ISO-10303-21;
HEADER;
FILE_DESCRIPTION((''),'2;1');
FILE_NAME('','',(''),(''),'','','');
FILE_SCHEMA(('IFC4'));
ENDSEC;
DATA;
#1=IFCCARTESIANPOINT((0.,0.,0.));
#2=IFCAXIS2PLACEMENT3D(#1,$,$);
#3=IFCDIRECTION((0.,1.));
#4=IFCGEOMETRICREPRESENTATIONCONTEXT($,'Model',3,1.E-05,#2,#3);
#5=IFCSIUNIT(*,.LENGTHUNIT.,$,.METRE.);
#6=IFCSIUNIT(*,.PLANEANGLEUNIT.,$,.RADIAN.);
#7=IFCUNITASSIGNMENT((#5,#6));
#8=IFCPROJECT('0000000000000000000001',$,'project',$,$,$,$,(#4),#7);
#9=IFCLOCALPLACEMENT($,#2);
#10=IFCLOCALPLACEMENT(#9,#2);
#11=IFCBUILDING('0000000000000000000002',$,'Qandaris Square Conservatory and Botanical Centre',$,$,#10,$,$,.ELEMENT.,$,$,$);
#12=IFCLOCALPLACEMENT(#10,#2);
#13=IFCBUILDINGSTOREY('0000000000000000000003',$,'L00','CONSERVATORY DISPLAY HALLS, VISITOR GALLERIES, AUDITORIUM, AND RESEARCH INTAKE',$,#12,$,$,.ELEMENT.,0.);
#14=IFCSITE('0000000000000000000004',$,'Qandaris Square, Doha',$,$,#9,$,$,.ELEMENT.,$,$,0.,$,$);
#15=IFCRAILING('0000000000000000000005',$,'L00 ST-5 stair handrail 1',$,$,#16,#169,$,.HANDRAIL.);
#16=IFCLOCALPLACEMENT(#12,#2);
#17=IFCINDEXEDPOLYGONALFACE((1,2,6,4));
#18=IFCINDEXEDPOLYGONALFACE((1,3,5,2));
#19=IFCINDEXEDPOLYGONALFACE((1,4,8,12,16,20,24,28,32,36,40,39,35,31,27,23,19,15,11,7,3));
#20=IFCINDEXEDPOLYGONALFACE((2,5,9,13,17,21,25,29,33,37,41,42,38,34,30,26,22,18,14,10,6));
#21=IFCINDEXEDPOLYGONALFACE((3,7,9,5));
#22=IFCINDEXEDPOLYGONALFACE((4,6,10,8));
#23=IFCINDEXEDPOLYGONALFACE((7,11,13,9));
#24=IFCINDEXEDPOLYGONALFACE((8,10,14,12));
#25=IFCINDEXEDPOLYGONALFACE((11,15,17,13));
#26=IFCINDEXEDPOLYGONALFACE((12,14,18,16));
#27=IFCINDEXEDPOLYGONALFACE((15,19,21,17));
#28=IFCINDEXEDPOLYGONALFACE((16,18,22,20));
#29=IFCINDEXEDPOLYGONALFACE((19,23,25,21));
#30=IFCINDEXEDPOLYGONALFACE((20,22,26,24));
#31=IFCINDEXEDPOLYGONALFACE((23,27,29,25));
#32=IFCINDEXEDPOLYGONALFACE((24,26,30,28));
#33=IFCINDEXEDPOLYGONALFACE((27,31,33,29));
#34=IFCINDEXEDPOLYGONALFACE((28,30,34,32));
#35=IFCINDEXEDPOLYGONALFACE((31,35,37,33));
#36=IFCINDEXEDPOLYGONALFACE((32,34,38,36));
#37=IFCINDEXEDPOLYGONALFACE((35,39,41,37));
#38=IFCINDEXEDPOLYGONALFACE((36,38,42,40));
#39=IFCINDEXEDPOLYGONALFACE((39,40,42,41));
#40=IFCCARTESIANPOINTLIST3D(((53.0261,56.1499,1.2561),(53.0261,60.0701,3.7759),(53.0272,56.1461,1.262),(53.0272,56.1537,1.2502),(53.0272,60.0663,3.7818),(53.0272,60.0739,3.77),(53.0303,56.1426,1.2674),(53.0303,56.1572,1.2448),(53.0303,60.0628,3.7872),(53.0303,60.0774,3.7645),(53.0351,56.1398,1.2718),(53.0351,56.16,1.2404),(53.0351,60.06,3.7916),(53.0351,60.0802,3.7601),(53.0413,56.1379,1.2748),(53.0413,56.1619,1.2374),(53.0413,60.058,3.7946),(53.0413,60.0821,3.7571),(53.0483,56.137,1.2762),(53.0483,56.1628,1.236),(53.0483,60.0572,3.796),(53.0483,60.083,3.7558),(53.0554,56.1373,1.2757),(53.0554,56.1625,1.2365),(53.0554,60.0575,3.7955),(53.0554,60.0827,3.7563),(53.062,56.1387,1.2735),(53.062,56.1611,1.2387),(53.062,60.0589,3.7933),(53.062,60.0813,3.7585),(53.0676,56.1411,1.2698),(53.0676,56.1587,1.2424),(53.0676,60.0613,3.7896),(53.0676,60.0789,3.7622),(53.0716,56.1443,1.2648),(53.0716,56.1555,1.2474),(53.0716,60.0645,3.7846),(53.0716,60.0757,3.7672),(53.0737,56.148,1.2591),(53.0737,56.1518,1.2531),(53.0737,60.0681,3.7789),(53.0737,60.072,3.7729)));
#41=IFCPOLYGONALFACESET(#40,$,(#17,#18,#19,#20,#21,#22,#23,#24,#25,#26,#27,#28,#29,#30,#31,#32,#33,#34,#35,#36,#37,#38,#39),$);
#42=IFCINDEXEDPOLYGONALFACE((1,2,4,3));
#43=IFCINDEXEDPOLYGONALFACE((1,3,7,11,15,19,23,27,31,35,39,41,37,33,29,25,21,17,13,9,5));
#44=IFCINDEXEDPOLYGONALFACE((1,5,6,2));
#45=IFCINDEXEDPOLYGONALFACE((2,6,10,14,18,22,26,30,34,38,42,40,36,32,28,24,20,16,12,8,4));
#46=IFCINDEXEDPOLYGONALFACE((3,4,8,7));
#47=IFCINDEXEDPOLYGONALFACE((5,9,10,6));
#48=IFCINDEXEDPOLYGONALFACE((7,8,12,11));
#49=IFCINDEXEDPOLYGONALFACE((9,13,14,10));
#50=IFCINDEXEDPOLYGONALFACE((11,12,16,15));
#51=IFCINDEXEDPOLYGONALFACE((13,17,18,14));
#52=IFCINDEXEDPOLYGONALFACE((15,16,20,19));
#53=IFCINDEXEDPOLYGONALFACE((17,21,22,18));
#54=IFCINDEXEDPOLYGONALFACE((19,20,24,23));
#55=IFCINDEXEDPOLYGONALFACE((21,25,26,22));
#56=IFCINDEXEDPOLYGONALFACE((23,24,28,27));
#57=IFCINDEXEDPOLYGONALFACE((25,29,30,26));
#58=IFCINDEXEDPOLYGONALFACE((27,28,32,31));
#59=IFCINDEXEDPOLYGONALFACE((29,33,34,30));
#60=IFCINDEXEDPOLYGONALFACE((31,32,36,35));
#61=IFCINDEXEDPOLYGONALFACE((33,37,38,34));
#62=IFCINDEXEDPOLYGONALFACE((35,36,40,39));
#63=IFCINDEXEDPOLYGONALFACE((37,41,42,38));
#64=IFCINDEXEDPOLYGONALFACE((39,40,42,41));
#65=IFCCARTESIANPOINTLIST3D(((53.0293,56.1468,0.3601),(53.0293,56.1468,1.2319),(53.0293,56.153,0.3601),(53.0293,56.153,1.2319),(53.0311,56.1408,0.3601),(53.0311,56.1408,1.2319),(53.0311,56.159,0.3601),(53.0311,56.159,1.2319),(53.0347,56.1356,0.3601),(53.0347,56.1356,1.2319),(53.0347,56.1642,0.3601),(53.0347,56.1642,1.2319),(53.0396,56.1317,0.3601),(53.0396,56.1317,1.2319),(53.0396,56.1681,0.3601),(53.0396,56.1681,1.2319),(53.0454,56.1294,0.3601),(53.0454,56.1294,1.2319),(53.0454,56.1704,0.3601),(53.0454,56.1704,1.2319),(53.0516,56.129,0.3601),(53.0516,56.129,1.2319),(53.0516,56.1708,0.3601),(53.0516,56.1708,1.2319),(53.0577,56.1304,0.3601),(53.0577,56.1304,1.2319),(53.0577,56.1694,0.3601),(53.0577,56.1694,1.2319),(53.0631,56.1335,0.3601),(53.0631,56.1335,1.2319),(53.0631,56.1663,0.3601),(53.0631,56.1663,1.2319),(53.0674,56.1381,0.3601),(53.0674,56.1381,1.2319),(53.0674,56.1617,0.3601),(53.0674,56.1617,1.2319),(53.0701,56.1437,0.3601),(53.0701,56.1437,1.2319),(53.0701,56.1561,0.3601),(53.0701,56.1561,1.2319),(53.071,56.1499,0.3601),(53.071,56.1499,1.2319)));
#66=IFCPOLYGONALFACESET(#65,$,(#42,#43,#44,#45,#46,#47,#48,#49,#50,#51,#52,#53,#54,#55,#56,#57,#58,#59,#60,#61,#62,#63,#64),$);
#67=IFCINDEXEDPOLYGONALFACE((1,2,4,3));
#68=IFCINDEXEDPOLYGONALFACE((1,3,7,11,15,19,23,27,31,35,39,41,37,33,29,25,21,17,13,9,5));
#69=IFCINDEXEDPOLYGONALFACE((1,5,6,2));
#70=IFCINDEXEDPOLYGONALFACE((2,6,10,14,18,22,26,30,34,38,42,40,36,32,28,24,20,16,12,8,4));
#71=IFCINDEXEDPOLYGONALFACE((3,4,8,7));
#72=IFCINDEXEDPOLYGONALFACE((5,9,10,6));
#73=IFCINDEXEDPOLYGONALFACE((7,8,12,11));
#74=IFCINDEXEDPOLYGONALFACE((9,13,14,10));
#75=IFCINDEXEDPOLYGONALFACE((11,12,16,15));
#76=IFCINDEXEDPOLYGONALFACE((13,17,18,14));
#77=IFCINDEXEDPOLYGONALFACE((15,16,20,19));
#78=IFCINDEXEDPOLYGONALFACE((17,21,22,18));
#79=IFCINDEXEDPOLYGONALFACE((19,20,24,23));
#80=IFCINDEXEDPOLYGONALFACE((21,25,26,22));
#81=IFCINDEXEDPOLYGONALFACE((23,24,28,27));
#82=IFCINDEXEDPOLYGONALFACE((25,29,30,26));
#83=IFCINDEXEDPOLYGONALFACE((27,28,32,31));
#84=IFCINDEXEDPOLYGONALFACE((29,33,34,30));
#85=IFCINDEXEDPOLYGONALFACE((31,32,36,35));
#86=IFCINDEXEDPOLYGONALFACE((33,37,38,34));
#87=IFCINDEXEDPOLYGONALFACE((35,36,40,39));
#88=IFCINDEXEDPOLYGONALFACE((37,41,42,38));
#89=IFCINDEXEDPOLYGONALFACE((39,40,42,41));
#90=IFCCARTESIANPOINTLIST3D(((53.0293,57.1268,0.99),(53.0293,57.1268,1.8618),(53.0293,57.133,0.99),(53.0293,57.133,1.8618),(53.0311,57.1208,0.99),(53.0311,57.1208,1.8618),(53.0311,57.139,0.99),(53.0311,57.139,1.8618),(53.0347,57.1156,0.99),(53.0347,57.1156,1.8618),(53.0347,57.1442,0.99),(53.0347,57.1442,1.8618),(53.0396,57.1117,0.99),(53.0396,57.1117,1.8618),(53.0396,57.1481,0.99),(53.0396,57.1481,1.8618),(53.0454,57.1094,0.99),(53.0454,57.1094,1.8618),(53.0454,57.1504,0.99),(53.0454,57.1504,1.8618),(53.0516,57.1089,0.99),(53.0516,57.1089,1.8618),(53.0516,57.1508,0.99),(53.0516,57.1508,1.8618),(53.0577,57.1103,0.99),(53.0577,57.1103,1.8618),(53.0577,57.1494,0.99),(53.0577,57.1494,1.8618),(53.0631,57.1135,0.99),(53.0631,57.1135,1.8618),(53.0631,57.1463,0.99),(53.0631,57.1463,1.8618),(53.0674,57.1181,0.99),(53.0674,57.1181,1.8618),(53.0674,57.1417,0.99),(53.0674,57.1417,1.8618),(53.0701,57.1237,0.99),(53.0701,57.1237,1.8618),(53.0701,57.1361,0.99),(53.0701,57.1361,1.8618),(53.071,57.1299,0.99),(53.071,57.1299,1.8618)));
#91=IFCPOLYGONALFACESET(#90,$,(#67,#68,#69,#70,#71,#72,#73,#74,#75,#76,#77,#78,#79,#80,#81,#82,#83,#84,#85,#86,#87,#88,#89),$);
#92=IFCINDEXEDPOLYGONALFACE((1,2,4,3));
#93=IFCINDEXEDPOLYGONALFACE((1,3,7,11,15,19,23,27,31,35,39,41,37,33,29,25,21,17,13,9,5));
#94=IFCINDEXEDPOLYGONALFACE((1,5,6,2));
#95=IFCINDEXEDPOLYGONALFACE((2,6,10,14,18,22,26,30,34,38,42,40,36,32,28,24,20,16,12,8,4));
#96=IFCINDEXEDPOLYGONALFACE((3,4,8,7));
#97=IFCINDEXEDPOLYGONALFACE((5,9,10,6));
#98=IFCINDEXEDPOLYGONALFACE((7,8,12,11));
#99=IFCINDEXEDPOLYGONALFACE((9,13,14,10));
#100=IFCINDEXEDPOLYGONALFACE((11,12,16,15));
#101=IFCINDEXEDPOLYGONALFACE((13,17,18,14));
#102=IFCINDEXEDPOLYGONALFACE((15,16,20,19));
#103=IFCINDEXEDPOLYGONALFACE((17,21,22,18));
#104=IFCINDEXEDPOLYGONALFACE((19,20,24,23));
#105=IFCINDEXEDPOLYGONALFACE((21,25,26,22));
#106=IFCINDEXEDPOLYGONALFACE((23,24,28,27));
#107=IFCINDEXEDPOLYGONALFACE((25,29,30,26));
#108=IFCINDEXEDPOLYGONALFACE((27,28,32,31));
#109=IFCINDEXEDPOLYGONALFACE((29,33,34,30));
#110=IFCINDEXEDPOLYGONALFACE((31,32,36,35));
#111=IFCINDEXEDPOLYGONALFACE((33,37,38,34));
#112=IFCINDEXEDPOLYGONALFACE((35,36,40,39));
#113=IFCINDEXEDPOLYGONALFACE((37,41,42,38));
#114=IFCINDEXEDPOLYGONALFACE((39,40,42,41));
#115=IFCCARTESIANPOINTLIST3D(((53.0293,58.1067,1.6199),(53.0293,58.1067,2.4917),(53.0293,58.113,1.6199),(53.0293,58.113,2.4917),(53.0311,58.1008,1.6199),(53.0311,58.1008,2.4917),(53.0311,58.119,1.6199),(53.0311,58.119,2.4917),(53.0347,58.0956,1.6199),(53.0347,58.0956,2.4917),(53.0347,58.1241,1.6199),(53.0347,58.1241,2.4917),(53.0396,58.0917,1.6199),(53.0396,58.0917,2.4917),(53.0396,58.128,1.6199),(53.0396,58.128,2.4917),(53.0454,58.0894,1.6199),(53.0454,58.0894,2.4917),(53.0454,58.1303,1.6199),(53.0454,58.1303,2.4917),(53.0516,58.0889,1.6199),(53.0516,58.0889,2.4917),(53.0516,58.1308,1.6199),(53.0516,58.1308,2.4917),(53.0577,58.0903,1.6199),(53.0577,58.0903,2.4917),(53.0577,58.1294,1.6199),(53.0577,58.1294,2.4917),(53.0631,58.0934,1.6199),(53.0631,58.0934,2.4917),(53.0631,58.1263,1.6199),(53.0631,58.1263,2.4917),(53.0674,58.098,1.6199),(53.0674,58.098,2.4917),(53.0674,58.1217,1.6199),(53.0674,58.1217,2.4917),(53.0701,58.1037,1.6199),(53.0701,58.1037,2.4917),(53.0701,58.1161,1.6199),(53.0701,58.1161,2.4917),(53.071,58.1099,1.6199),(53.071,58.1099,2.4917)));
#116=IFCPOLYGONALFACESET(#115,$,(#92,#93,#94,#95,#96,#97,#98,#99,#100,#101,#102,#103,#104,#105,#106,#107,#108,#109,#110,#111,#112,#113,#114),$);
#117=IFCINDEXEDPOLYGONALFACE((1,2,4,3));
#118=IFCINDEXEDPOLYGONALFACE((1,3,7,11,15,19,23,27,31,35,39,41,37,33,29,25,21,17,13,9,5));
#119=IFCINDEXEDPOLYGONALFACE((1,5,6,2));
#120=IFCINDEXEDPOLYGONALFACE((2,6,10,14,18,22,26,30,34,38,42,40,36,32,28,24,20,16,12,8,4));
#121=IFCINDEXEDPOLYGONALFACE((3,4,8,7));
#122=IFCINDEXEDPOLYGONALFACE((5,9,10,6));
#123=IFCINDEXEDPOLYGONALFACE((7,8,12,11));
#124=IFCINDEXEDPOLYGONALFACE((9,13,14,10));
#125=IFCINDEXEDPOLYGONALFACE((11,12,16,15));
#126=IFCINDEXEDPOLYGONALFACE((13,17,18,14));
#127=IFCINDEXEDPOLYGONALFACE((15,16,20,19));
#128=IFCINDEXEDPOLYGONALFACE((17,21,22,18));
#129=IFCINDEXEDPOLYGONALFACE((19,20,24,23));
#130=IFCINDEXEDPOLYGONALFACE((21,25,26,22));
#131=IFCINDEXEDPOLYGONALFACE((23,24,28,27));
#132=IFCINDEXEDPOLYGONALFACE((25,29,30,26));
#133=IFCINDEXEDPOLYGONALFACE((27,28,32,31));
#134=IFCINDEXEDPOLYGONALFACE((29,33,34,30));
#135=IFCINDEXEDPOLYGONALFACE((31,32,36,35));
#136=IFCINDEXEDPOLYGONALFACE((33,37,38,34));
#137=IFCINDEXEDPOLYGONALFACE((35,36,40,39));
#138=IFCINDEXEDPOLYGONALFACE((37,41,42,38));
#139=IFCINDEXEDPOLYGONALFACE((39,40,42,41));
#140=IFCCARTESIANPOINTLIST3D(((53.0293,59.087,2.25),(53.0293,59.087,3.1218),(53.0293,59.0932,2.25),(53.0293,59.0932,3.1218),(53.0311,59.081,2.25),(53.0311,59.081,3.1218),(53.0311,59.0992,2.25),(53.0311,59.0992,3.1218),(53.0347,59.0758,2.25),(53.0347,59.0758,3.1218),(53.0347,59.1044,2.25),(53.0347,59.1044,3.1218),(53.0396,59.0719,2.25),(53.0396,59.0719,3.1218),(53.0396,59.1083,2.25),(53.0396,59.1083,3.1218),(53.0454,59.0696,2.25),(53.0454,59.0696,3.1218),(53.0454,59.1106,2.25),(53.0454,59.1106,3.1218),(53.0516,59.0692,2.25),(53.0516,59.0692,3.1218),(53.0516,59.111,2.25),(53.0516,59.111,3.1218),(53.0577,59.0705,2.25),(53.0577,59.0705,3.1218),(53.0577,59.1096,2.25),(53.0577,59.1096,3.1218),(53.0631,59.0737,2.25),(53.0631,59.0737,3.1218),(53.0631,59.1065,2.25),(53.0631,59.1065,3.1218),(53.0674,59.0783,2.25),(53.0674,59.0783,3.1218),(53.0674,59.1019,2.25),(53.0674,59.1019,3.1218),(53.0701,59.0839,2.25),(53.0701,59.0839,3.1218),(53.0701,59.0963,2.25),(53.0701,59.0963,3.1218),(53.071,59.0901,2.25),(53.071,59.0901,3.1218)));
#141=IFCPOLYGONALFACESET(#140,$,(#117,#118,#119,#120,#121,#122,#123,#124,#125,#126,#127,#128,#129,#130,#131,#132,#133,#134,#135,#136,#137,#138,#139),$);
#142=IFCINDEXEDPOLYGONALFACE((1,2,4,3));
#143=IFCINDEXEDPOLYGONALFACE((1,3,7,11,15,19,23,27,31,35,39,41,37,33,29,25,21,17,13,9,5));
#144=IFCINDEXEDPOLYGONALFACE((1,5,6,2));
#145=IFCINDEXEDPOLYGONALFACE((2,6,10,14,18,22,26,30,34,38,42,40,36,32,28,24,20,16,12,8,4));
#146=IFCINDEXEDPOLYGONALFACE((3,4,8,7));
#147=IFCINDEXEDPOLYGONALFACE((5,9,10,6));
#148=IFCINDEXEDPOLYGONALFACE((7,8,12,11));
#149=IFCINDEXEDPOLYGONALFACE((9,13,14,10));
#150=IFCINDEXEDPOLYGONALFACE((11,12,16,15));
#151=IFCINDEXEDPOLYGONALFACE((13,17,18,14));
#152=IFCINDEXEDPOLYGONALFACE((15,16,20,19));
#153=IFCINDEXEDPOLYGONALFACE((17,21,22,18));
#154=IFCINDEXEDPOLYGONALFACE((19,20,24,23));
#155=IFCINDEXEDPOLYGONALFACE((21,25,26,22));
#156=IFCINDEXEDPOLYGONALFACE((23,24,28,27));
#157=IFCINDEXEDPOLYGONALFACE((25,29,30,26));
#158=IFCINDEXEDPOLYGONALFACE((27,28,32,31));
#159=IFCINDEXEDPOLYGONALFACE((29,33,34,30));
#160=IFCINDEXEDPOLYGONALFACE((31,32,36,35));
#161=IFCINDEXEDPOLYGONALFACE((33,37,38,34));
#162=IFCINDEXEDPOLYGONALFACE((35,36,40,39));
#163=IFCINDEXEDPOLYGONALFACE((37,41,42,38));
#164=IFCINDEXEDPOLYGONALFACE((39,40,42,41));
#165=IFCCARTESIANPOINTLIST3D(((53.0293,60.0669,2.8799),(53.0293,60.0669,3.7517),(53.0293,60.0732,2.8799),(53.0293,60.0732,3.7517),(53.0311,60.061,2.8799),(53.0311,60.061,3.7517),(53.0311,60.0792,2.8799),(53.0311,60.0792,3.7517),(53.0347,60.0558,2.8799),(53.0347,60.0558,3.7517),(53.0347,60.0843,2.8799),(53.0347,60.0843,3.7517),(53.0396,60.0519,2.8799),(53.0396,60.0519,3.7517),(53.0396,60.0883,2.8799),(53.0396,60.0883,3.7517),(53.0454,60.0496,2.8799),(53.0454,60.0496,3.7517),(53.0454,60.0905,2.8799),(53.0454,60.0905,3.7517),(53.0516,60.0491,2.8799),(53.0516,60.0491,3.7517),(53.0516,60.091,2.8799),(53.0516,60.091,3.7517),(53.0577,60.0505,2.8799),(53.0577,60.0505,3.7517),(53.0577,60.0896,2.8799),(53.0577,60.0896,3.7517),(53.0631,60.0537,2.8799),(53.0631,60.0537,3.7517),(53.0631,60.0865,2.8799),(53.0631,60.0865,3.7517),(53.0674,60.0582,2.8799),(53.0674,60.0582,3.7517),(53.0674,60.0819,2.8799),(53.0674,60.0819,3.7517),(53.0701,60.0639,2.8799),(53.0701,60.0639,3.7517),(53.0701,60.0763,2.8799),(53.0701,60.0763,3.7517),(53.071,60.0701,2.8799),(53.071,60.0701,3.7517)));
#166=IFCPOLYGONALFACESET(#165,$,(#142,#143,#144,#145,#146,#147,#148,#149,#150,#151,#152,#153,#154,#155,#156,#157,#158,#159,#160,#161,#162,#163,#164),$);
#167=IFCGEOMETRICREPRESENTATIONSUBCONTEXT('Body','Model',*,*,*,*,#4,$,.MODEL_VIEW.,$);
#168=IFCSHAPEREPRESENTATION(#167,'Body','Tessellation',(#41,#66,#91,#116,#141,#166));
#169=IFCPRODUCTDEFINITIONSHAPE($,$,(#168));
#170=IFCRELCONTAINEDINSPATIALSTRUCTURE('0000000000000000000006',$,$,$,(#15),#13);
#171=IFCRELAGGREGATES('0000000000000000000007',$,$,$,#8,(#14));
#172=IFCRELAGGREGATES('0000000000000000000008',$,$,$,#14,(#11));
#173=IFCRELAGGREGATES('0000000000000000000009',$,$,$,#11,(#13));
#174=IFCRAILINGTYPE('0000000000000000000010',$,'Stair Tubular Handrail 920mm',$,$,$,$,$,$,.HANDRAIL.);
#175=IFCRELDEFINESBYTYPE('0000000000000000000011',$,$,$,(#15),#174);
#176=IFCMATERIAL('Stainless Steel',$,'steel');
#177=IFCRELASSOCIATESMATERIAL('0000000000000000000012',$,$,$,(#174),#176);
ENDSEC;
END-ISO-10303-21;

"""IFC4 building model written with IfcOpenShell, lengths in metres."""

from ifc_helpers import new_model, si_unit, direction, frame, origin, origin_2d, place, context, subcontext, project, spatial, circle, extrude, material, type_object, element, save


model = new_model("IFC4")

# Units and contexts
model_context = context("Model", 3, precision=1e-05, world=origin(), true_north=direction((0.0, 1.0)))
body_context = subcontext(model_context, "Body", "Model", "MODEL_VIEW")
ifc_project = project(units=[si_unit("LENGTHUNIT", "METRE"), si_unit("PLANEANGLEUNIT", "RADIAN")], contexts=[model_context])

# Site, building, storey
site_placement = place(None, origin())
site = spatial("IfcSite", under=ifc_project, at=site_placement, Name="Qandaris Square, Doha", CompositionType="ELEMENT", RefElevation=0.0)
building_placement = place(site_placement, origin())
building = spatial("IfcBuilding", under=site, at=building_placement, Name="Qandaris Square Conservatory and Botanical Centre", CompositionType="ELEMENT")
storey_placement = place(building_placement, origin())
storey = spatial("IfcBuildingStorey", under=building, at=storey_placement, Name="L00", Description="CONSERVATORY DISPLAY HALLS, VISITOR GALLERIES, AUDITORIUM, AND RESEARCH INTAKE", CompositionType="ELEMENT", Elevation=0.0)

# Railing
ifc_material_1 = material(Name="Stainless Steel", Category="steel")
railing_type_1 = type_object("IfcRailingType", Name="Stair Tubular Handrail 920mm", PredefinedType="HANDRAIL", material=ifc_material_1)
railing_1_placement = place(storey_placement, frame((53.05, 56.1499, 0.3601)))
element("IfcRailing", 1, at=railing_1_placement, inside=storey, type_object=railing_type_1, Name="L00 ST-5 stair handrail 1", PredefinedType="HANDRAIL", context=body_context, shape_type="SweptSolid", body=[
    extrude(circle(Radius=0.0239, at=origin_2d()), frame((0.0, 0.0, 0.896), z_axis=(0.0, 0.841211, 0.540707), x_axis=(-1.0, 0.0, 0.0)), (0.0, 0.0, 1.0), 4.6602),
    extrude(circle(Radius=0.021, at=origin_2d()), origin(), (0.0, 0.0, 1.0), 0.8718),
    extrude(circle(Radius=0.021, at=origin_2d()), frame((0.0, 0.98, 0.6299)), (0.0, 0.0, 1.0), 0.8718),
    extrude(circle(Radius=0.021, at=origin_2d()), frame((0.0, 1.96, 1.2598)), (0.0, 0.0, 1.0), 0.8718),
    extrude(circle(Radius=0.021, at=origin_2d()), frame((0.0, 2.9402, 1.8899)), (0.0, 0.0, 1.0), 0.8718),
    extrude(circle(Radius=0.021, at=origin_2d()), frame((0.0, 3.9202, 2.5198)), (0.0, 0.0, 1.0), 0.8718),
])

save(model, "model.ifc")
